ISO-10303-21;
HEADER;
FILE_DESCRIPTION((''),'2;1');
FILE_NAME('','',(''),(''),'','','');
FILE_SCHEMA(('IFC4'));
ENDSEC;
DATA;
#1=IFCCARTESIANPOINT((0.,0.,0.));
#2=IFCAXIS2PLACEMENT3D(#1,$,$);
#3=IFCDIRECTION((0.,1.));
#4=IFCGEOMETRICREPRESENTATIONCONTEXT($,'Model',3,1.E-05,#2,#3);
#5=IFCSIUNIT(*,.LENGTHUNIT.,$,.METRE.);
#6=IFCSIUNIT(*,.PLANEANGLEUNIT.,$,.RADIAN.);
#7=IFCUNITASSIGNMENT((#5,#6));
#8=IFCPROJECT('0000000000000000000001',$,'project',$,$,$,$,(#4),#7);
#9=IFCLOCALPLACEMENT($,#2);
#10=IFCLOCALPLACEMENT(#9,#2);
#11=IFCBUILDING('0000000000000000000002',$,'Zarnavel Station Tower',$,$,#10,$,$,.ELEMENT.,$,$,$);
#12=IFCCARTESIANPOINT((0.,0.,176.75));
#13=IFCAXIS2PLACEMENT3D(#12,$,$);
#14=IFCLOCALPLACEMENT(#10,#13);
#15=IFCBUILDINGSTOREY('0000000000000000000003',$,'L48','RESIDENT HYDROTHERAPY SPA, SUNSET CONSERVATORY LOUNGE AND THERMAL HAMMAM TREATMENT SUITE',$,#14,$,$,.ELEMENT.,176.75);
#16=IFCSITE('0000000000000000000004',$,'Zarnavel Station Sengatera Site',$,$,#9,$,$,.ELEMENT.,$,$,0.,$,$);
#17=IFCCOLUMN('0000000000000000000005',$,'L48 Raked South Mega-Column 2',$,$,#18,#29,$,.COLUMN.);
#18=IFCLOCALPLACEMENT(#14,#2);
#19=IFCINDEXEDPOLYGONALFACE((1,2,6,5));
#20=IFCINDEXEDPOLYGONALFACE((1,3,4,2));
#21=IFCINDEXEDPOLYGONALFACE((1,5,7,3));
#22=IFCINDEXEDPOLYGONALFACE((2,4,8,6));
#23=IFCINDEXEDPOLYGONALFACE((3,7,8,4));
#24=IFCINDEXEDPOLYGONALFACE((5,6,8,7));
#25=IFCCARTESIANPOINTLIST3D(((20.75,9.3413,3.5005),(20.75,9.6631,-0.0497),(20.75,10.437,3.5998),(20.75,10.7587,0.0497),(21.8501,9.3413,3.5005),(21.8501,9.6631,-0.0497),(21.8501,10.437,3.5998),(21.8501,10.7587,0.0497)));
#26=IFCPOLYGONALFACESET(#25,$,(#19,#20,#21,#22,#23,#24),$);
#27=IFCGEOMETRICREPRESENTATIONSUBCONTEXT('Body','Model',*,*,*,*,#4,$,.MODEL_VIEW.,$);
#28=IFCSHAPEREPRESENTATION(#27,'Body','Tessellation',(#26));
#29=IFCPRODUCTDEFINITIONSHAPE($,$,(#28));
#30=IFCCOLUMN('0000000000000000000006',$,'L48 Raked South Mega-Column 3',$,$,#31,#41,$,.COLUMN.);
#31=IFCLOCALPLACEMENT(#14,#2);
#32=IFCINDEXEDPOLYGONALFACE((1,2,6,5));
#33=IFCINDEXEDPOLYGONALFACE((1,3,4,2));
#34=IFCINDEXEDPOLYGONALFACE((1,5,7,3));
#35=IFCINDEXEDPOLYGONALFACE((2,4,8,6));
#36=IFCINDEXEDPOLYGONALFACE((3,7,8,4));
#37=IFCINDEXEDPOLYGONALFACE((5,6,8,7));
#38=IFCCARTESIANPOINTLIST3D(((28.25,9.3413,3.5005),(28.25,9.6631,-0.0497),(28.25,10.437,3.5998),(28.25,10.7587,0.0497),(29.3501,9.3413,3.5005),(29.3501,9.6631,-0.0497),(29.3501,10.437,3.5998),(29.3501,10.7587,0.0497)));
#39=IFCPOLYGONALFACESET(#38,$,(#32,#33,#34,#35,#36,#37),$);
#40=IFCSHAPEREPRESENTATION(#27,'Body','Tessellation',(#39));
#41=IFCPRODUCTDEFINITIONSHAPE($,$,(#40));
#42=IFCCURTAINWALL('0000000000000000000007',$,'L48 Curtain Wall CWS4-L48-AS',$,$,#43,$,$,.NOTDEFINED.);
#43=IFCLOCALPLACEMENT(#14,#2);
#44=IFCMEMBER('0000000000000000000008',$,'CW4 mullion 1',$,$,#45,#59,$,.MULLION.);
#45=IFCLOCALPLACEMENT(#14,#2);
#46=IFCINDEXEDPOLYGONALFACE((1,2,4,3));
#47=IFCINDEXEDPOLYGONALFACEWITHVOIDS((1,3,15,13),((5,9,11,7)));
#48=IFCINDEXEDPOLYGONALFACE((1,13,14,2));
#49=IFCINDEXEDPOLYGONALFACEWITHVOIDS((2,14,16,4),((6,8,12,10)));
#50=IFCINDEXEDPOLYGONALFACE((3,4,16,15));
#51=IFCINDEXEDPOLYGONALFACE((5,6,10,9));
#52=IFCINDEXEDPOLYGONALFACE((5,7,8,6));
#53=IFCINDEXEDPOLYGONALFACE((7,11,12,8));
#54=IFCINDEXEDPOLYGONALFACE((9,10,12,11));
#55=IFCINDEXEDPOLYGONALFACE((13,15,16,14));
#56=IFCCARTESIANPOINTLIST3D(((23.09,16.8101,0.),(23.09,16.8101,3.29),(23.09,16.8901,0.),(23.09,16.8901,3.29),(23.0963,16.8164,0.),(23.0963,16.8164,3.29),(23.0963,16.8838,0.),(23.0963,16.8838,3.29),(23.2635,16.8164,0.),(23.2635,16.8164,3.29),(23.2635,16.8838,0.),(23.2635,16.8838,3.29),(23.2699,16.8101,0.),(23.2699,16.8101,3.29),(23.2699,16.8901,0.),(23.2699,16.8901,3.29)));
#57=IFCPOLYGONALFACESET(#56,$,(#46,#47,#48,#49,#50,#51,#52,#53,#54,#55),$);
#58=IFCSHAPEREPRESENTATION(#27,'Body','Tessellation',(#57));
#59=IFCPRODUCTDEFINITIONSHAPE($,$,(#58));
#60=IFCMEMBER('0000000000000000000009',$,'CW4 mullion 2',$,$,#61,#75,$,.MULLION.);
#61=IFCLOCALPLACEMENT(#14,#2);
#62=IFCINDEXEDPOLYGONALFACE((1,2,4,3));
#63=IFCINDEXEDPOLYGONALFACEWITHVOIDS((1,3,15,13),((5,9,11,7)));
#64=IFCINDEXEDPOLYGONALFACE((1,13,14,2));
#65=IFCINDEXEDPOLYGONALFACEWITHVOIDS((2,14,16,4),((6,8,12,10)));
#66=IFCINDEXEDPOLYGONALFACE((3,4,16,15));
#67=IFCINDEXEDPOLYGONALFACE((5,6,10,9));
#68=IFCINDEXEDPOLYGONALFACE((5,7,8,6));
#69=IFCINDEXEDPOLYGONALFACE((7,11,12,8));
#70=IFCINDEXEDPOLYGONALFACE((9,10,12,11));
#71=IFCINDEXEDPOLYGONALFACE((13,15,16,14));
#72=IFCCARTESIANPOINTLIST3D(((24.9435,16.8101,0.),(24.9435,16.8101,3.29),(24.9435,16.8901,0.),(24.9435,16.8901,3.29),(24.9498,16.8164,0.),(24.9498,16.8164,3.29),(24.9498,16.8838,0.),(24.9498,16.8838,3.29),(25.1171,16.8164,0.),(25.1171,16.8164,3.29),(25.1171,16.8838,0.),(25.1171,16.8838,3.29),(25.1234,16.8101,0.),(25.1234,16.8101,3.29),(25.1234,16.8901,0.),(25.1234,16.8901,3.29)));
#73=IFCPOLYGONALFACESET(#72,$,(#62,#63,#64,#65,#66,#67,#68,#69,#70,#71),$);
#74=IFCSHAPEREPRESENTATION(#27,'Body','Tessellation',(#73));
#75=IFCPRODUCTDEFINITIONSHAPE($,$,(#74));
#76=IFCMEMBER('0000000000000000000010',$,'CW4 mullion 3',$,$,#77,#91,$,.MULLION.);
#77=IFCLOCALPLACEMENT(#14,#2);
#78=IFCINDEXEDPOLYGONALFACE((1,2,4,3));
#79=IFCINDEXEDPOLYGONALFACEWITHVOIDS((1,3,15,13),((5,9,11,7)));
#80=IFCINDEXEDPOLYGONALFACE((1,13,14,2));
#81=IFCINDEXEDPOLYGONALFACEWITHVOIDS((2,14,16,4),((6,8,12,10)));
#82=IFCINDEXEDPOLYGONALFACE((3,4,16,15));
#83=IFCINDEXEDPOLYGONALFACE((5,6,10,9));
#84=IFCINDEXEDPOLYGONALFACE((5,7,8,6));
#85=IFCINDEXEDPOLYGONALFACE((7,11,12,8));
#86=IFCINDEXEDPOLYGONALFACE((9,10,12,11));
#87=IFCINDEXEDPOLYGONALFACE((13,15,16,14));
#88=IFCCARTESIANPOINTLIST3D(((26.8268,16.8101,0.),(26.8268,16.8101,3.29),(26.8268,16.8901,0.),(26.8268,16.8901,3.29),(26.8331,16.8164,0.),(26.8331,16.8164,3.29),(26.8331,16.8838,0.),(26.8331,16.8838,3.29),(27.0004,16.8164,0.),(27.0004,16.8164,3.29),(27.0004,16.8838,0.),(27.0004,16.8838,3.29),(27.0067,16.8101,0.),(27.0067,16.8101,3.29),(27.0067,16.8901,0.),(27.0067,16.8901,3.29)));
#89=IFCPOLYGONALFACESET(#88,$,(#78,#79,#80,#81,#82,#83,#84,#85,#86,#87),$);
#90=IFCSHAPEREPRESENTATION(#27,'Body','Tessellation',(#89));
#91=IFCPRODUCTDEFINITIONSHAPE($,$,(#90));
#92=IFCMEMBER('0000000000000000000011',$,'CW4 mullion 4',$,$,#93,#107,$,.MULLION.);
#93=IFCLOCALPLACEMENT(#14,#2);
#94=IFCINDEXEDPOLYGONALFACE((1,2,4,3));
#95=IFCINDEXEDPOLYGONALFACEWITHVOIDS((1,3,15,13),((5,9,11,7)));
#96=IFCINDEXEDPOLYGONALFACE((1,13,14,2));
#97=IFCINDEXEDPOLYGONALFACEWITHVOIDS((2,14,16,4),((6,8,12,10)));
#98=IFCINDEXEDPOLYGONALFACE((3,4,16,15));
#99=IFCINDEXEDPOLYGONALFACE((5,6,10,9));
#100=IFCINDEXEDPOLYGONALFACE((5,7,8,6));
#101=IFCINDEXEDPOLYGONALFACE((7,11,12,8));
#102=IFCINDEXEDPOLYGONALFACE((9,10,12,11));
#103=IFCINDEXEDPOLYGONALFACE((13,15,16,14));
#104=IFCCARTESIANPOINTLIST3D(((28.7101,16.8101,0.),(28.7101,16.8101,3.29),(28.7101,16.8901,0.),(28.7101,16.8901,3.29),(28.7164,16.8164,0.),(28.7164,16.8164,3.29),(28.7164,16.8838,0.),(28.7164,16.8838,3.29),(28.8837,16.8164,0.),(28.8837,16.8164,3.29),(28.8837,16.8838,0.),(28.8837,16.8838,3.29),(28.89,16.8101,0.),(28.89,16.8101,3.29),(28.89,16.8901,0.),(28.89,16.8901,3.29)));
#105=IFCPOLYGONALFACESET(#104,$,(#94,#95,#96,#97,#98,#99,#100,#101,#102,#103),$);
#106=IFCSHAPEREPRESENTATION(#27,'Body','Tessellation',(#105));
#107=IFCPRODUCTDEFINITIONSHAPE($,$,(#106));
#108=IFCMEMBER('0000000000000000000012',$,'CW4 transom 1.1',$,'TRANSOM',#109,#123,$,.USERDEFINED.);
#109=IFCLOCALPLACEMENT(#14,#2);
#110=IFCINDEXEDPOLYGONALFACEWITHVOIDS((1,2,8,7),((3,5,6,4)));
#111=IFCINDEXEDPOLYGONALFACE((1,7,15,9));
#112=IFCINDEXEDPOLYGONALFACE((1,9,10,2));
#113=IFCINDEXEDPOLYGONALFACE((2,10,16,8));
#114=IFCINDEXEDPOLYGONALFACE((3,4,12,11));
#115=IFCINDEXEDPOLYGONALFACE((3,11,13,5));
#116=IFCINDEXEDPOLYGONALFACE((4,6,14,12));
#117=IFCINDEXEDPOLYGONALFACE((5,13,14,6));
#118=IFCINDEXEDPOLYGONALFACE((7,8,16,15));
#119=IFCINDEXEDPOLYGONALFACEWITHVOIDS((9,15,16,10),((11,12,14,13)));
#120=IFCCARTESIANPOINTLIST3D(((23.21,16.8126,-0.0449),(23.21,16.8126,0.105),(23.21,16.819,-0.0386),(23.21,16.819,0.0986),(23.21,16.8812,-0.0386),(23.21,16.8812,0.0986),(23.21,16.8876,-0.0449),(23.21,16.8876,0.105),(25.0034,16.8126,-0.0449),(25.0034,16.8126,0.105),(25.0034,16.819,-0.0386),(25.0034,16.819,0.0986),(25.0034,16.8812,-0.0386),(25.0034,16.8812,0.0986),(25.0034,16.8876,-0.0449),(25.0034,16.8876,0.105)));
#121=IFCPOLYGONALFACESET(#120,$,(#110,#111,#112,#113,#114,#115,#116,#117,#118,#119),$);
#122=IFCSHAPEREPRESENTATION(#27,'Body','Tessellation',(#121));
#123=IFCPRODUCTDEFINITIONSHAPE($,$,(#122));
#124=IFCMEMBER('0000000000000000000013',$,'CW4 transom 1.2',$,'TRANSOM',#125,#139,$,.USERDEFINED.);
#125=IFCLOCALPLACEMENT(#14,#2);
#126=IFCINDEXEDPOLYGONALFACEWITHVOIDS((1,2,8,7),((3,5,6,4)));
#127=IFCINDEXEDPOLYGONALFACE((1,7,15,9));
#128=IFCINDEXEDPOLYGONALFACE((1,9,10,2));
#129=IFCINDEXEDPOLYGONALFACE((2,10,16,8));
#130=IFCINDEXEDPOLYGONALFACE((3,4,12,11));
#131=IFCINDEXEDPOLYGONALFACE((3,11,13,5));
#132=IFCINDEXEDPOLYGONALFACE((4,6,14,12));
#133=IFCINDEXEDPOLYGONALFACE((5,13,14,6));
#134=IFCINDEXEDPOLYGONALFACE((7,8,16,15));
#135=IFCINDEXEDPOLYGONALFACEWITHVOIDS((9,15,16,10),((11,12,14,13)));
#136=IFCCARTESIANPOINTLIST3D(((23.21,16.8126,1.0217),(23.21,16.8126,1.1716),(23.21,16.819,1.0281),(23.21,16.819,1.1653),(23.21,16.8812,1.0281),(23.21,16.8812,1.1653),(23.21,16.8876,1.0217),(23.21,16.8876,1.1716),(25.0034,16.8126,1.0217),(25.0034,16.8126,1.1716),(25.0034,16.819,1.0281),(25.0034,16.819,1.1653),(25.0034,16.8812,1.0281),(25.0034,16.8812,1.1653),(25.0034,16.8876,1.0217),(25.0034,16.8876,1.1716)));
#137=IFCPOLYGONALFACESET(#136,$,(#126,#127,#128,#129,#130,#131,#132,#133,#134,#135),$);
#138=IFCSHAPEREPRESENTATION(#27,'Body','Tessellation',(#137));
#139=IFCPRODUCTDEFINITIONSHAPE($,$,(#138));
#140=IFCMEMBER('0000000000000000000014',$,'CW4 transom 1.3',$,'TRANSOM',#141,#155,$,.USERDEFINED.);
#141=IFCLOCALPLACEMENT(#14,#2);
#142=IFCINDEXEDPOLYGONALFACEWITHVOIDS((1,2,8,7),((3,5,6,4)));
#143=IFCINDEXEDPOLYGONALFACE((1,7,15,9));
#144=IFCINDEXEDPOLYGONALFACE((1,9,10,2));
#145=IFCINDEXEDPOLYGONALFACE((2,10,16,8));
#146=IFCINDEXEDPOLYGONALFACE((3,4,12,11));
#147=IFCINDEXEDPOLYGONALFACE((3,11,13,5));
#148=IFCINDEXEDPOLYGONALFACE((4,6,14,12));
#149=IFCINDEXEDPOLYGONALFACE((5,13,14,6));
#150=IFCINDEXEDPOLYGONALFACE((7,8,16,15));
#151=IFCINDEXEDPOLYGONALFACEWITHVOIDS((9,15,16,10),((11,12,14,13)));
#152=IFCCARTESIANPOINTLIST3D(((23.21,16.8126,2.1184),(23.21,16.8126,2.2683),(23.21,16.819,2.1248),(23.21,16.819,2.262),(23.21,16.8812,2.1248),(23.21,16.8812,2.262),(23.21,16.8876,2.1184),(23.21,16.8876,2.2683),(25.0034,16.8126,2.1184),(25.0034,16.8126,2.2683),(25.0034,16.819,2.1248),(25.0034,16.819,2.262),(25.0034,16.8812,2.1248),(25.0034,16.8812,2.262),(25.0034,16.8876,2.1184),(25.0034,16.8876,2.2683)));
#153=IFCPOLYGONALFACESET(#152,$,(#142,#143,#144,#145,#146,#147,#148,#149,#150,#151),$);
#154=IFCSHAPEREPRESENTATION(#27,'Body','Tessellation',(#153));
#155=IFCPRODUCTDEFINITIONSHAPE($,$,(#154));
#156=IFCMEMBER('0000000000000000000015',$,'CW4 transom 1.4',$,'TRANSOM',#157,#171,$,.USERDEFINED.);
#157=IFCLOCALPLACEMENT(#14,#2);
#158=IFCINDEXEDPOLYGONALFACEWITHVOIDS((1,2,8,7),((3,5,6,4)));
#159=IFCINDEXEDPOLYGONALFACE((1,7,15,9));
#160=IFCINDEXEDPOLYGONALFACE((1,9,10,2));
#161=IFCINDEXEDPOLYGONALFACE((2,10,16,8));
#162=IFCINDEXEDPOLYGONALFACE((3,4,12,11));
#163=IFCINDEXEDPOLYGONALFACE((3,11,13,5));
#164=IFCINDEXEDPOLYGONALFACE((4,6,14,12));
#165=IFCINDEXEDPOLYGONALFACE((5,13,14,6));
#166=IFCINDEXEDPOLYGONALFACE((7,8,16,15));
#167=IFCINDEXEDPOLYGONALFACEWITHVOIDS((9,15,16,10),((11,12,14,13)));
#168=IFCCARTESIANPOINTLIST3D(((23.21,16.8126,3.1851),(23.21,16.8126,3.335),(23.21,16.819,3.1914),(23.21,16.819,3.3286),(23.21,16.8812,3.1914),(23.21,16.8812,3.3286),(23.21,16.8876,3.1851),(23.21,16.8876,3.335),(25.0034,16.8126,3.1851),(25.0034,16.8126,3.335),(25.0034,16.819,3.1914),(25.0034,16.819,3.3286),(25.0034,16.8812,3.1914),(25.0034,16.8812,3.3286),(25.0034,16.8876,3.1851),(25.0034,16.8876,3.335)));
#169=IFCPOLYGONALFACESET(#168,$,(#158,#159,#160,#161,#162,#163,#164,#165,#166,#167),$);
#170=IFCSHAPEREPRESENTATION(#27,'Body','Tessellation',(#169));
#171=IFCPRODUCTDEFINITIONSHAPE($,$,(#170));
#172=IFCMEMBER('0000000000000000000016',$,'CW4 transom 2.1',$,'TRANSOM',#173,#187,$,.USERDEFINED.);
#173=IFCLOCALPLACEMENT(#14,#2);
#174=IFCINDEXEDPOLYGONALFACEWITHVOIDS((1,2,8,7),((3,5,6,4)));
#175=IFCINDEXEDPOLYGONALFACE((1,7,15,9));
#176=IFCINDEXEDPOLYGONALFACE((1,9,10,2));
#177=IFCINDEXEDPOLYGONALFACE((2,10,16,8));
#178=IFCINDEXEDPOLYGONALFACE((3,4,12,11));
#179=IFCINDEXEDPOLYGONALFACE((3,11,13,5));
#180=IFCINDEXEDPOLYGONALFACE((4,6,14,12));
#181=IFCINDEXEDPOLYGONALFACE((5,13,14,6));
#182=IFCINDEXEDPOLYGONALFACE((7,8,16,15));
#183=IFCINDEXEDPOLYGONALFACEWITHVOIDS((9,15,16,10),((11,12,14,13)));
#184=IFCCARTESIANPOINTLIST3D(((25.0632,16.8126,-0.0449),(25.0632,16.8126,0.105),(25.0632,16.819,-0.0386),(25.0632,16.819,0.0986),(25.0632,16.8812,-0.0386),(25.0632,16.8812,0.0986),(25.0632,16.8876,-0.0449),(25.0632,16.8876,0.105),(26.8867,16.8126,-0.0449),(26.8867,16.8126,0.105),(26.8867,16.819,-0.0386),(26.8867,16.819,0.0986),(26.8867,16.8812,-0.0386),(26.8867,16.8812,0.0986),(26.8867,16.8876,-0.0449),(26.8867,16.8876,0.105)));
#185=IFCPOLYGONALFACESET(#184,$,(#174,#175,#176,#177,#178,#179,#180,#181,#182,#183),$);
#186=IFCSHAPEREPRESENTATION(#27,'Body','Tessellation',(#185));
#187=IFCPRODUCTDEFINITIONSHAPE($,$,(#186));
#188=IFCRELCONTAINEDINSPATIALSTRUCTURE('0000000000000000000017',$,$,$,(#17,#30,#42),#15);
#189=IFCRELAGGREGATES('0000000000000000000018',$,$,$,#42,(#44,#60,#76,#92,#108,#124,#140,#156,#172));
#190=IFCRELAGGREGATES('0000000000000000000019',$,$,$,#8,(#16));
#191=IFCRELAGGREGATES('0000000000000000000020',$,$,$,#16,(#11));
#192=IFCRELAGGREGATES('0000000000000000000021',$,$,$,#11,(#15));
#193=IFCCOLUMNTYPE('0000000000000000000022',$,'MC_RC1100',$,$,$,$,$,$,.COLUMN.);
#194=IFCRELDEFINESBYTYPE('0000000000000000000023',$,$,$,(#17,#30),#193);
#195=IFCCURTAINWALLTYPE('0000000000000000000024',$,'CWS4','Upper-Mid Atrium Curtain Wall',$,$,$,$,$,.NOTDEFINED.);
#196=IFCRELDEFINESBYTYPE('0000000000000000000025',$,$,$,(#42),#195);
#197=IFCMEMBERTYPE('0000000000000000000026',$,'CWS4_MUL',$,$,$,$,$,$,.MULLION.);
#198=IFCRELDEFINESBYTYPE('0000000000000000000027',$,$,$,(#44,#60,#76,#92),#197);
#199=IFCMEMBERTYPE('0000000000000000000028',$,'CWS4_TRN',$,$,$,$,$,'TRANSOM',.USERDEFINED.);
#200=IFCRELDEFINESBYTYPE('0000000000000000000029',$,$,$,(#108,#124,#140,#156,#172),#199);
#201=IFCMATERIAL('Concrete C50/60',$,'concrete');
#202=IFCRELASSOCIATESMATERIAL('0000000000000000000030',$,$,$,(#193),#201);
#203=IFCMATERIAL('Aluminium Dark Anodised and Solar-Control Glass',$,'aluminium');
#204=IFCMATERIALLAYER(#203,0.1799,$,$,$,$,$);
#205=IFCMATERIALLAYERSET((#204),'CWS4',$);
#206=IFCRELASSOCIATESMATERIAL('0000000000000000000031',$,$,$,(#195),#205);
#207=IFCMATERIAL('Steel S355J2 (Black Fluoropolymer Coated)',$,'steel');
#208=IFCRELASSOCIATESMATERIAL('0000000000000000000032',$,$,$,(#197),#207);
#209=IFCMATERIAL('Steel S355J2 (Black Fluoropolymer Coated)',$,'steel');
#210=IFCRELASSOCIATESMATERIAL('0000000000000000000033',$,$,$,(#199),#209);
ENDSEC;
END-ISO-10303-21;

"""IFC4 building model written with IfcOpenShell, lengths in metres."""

from ifc_helpers import new_model, si_unit, direction, frame, origin, origin_2d, place, context, subcontext, project, spatial, rectangle, hollow_rectangle, extrude, material, layer, layer_set, material_profile, profile_set, type_object, element, aggregate, save


model = new_model("IFC4")

# Units and contexts
model_context = context("Model", 3, precision=1e-05, world=origin(), true_north=direction((0.0, 1.0)))
body_context = subcontext(model_context, "Body", "Model", "MODEL_VIEW")
ifc_project = project(units=[si_unit("LENGTHUNIT", "METRE"), si_unit("PLANEANGLEUNIT", "RADIAN")], contexts=[model_context])

# Site, building, storey
site_placement = place(None, origin())
site = spatial("IfcSite", under=ifc_project, at=site_placement, Name="Zarnavel Station Sengatera Site", CompositionType="ELEMENT", RefElevation=0.0)
building_placement = place(site_placement, origin())
building = spatial("IfcBuilding", under=site, at=building_placement, Name="Zarnavel Station Tower", CompositionType="ELEMENT")
storey_placement = place(building_placement, frame((0.0, 0.0, 176.75)))
storey = spatial("IfcBuildingStorey", under=building, at=storey_placement, Name="L48", Description="RESIDENT HYDROTHERAPY SPA, SUNSET CONSERVATORY LOUNGE AND THERMAL HAMMAM TREATMENT SUITE", CompositionType="ELEMENT", Elevation=176.75)

# Columns
ifc_material_1 = material(Name="Concrete C50/60", Category="concrete")
ifc_material_profile_1 = material_profile(ifc_material_1, rectangle(XDim=1.1001, YDim=1.1001, at=origin_2d()), Name="RC1100x1100")
ifc_profile_set_1 = profile_set([ifc_material_profile_1], Name="Concrete C50/60")
column_type = type_object("IfcColumnType", Name="MC_RC1100", PredefinedType="COLUMN", material=ifc_profile_set_1)
for number, where, z_axis, x_axis, name in (
    (1, (21.3, 10.2109, 0.0), (0.0, -0.09027, 0.995917), (1.0, 0.0, 0.0), "L48 Raked South Mega-Column 2"),
    (2, (28.8, 10.2109, 0.0), (0.0, -0.09027, 0.995917), (1.0, 0.0, 0.0), "L48 Raked South Mega-Column 3"),
):
    element("IfcColumn", number, at=place(storey_placement, frame(where, z_axis=z_axis, x_axis=x_axis)), inside=storey, type_object=column_type, Name=name, PredefinedType="COLUMN", context=body_context, shape_type="SweptSolid", body=[
        extrude(rectangle(XDim=1.1001, YDim=1.1001, at=origin_2d()), origin(), (0.0, 0.0, 1.0), 3.5647),
    ])

# Curtain wall, members
ifc_material_2 = material(Name="Aluminium Dark Anodised and Solar-Control Glass", Category="aluminium")
ifc_layer_1 = layer(ifc_material_2, 0.1799)
ifc_layer_set_1 = layer_set([ifc_layer_1], Name="CWS4")
curtain_wall_type = type_object("IfcCurtainWallType", Name="CWS4", Description="Upper-Mid Atrium Curtain Wall", PredefinedType="NOTDEFINED", material=ifc_layer_set_1)
curtain_wall_placement = place(storey_placement, origin())
curtain_wall = element("IfcCurtainWall", 3, at=curtain_wall_placement, inside=storey, type_object=curtain_wall_type, Name="L48 Curtain Wall CWS4-L48-AS", PredefinedType="NOTDEFINED")
ifc_material_3 = material(Name="Steel S355J2 (Black Fluoropolymer Coated)", Category="steel")
ifc_material_profile_2 = material_profile(ifc_material_3, hollow_rectangle(XDim=0.0801, YDim=0.1799, WallThickness=0.0063, at=origin_2d()), Name="RHS180x80x6.3")
ifc_profile_set_2 = profile_set([ifc_material_profile_2], Name="Steel S355J2 (Black Fluoropolymer Coated)")
member_type_1 = type_object("IfcMemberType", Name="CWS4_MUL", PredefinedType="MULLION", material=ifc_profile_set_2)
member_1_placement = place(storey_placement, frame((23.1799, 16.8501, 0.0), z_axis=(0.0, 0.0, 1.0), x_axis=(0.0, 1.0, 0.0)))
member_1 = element("IfcMember", 4, at=member_1_placement, type_object=member_type_1, Name="CW4 mullion 1", PredefinedType="MULLION", context=body_context, shape_type="SweptSolid", body=[
    extrude(hollow_rectangle(XDim=0.0801, YDim=0.1799, WallThickness=0.0063, at=origin_2d()), origin(), (0.0, 0.0, 1.0), 3.29),
])
member_2_placement = place(storey_placement, frame((25.0334, 16.8501, 0.0), z_axis=(0.0, 0.0, 1.0), x_axis=(0.0, 1.0, 0.0)))
member_2 = element("IfcMember", 5, at=member_2_placement, type_object=member_type_1, Name="CW4 mullion 2", PredefinedType="MULLION", context=body_context, shape_type="SweptSolid", body=[
    extrude(hollow_rectangle(XDim=0.0801, YDim=0.1799, WallThickness=0.0063, at=origin_2d()), origin(), (0.0, 0.0, 1.0), 3.29),
])
member_3_placement = place(storey_placement, frame((26.9167, 16.8501, 0.0), z_axis=(0.0, 0.0, 1.0), x_axis=(0.0, 1.0, 0.0)))
member_3 = element("IfcMember", 6, at=member_3_placement, type_object=member_type_1, Name="CW4 mullion 3", PredefinedType="MULLION", context=body_context, shape_type="SweptSolid", body=[
    extrude(hollow_rectangle(XDim=0.0801, YDim=0.1799, WallThickness=0.0063, at=origin_2d()), origin(), (0.0, 0.0, 1.0), 3.29),
])
member_4_placement = place(storey_placement, frame((28.8, 16.8501, 0.0), z_axis=(0.0, 0.0, 1.0), x_axis=(0.0, 1.0, 0.0)))
member_4 = element("IfcMember", 7, at=member_4_placement, type_object=member_type_1, Name="CW4 mullion 4", PredefinedType="MULLION", context=body_context, shape_type="SweptSolid", body=[
    extrude(hollow_rectangle(XDim=0.0801, YDim=0.1799, WallThickness=0.0063, at=origin_2d()), origin(), (0.0, 0.0, 1.0), 3.29),
])
ifc_material_4 = material(Name="Steel S355J2 (Black Fluoropolymer Coated)", Category="steel")
ifc_material_profile_3 = material_profile(ifc_material_4, hollow_rectangle(XDim=0.075, YDim=0.1499, WallThickness=0.0063, at=origin_2d()), Name="RHS150x75x6.3")
ifc_profile_set_3 = profile_set([ifc_material_profile_3], Name="Steel S355J2 (Black Fluoropolymer Coated)")
member_type_2 = type_object("IfcMemberType", Name="CWS4_TRN", ElementType="TRANSOM", PredefinedType="USERDEFINED", material=ifc_profile_set_3)
member_5_placement = place(storey_placement, frame((23.21, 16.8501, 0.03), z_axis=(1.0, 0.0, 0.0), x_axis=(0.0, 1.0, 0.0)))
member_5 = element("IfcMember", 8, at=member_5_placement, type_object=member_type_2, Name="CW4 transom 1.1", ObjectType="TRANSOM", PredefinedType="USERDEFINED", context=body_context, shape_type="SweptSolid", body=[
    extrude(hollow_rectangle(XDim=0.075, YDim=0.1499, WallThickness=0.0063, at=origin_2d()), origin(), (0.0, 0.0, 1.0), 1.7935),
])
member_6_placement = place(storey_placement, frame((23.21, 16.8501, 1.0967), z_axis=(1.0, 0.0, 0.0), x_axis=(0.0, 1.0, 0.0)))
member_6 = element("IfcMember", 9, at=member_6_placement, type_object=member_type_2, Name="CW4 transom 1.2", ObjectType="TRANSOM", PredefinedType="USERDEFINED", context=body_context, shape_type="SweptSolid", body=[
    extrude(hollow_rectangle(XDim=0.075, YDim=0.1499, WallThickness=0.0063, at=origin_2d()), origin(), (0.0, 0.0, 1.0), 1.7935),
])
member_7_placement = place(storey_placement, frame((23.21, 16.8501, 2.1934), z_axis=(1.0, 0.0, 0.0), x_axis=(0.0, 1.0, 0.0)))
member_7 = element("IfcMember", 10, at=member_7_placement, type_object=member_type_2, Name="CW4 transom 1.3", ObjectType="TRANSOM", PredefinedType="USERDEFINED", context=body_context, shape_type="SweptSolid", body=[
    extrude(hollow_rectangle(XDim=0.075, YDim=0.1499, WallThickness=0.0063, at=origin_2d()), origin(), (0.0, 0.0, 1.0), 1.7935),
])
member_8_placement = place(storey_placement, frame((23.21, 16.8501, 3.26), z_axis=(1.0, 0.0, 0.0), x_axis=(0.0, 1.0, 0.0)))
member_8 = element("IfcMember", 11, at=member_8_placement, type_object=member_type_2, Name="CW4 transom 1.4", ObjectType="TRANSOM", PredefinedType="USERDEFINED", context=body_context, shape_type="SweptSolid", body=[
    extrude(hollow_rectangle(XDim=0.075, YDim=0.1499, WallThickness=0.0063, at=origin_2d()), origin(), (0.0, 0.0, 1.0), 1.7935),
])
member_9_placement = place(storey_placement, frame((25.0632, 16.8501, 0.03), z_axis=(1.0, 0.0, 0.0), x_axis=(0.0, 1.0, 0.0)))
member_9 = element("IfcMember", 12, at=member_9_placement, type_object=member_type_2, Name="CW4 transom 2.1", ObjectType="TRANSOM", PredefinedType="USERDEFINED", context=body_context, shape_type="SweptSolid", body=[
    extrude(hollow_rectangle(XDim=0.075, YDim=0.1499, WallThickness=0.0063, at=origin_2d()), origin(), (0.0, 0.0, 1.0), 1.8235),
])

aggregate(curtain_wall, [member_1, member_2, member_3, member_4, member_5, member_6, member_7, member_8, member_9])

save(model, "model.ifc")
